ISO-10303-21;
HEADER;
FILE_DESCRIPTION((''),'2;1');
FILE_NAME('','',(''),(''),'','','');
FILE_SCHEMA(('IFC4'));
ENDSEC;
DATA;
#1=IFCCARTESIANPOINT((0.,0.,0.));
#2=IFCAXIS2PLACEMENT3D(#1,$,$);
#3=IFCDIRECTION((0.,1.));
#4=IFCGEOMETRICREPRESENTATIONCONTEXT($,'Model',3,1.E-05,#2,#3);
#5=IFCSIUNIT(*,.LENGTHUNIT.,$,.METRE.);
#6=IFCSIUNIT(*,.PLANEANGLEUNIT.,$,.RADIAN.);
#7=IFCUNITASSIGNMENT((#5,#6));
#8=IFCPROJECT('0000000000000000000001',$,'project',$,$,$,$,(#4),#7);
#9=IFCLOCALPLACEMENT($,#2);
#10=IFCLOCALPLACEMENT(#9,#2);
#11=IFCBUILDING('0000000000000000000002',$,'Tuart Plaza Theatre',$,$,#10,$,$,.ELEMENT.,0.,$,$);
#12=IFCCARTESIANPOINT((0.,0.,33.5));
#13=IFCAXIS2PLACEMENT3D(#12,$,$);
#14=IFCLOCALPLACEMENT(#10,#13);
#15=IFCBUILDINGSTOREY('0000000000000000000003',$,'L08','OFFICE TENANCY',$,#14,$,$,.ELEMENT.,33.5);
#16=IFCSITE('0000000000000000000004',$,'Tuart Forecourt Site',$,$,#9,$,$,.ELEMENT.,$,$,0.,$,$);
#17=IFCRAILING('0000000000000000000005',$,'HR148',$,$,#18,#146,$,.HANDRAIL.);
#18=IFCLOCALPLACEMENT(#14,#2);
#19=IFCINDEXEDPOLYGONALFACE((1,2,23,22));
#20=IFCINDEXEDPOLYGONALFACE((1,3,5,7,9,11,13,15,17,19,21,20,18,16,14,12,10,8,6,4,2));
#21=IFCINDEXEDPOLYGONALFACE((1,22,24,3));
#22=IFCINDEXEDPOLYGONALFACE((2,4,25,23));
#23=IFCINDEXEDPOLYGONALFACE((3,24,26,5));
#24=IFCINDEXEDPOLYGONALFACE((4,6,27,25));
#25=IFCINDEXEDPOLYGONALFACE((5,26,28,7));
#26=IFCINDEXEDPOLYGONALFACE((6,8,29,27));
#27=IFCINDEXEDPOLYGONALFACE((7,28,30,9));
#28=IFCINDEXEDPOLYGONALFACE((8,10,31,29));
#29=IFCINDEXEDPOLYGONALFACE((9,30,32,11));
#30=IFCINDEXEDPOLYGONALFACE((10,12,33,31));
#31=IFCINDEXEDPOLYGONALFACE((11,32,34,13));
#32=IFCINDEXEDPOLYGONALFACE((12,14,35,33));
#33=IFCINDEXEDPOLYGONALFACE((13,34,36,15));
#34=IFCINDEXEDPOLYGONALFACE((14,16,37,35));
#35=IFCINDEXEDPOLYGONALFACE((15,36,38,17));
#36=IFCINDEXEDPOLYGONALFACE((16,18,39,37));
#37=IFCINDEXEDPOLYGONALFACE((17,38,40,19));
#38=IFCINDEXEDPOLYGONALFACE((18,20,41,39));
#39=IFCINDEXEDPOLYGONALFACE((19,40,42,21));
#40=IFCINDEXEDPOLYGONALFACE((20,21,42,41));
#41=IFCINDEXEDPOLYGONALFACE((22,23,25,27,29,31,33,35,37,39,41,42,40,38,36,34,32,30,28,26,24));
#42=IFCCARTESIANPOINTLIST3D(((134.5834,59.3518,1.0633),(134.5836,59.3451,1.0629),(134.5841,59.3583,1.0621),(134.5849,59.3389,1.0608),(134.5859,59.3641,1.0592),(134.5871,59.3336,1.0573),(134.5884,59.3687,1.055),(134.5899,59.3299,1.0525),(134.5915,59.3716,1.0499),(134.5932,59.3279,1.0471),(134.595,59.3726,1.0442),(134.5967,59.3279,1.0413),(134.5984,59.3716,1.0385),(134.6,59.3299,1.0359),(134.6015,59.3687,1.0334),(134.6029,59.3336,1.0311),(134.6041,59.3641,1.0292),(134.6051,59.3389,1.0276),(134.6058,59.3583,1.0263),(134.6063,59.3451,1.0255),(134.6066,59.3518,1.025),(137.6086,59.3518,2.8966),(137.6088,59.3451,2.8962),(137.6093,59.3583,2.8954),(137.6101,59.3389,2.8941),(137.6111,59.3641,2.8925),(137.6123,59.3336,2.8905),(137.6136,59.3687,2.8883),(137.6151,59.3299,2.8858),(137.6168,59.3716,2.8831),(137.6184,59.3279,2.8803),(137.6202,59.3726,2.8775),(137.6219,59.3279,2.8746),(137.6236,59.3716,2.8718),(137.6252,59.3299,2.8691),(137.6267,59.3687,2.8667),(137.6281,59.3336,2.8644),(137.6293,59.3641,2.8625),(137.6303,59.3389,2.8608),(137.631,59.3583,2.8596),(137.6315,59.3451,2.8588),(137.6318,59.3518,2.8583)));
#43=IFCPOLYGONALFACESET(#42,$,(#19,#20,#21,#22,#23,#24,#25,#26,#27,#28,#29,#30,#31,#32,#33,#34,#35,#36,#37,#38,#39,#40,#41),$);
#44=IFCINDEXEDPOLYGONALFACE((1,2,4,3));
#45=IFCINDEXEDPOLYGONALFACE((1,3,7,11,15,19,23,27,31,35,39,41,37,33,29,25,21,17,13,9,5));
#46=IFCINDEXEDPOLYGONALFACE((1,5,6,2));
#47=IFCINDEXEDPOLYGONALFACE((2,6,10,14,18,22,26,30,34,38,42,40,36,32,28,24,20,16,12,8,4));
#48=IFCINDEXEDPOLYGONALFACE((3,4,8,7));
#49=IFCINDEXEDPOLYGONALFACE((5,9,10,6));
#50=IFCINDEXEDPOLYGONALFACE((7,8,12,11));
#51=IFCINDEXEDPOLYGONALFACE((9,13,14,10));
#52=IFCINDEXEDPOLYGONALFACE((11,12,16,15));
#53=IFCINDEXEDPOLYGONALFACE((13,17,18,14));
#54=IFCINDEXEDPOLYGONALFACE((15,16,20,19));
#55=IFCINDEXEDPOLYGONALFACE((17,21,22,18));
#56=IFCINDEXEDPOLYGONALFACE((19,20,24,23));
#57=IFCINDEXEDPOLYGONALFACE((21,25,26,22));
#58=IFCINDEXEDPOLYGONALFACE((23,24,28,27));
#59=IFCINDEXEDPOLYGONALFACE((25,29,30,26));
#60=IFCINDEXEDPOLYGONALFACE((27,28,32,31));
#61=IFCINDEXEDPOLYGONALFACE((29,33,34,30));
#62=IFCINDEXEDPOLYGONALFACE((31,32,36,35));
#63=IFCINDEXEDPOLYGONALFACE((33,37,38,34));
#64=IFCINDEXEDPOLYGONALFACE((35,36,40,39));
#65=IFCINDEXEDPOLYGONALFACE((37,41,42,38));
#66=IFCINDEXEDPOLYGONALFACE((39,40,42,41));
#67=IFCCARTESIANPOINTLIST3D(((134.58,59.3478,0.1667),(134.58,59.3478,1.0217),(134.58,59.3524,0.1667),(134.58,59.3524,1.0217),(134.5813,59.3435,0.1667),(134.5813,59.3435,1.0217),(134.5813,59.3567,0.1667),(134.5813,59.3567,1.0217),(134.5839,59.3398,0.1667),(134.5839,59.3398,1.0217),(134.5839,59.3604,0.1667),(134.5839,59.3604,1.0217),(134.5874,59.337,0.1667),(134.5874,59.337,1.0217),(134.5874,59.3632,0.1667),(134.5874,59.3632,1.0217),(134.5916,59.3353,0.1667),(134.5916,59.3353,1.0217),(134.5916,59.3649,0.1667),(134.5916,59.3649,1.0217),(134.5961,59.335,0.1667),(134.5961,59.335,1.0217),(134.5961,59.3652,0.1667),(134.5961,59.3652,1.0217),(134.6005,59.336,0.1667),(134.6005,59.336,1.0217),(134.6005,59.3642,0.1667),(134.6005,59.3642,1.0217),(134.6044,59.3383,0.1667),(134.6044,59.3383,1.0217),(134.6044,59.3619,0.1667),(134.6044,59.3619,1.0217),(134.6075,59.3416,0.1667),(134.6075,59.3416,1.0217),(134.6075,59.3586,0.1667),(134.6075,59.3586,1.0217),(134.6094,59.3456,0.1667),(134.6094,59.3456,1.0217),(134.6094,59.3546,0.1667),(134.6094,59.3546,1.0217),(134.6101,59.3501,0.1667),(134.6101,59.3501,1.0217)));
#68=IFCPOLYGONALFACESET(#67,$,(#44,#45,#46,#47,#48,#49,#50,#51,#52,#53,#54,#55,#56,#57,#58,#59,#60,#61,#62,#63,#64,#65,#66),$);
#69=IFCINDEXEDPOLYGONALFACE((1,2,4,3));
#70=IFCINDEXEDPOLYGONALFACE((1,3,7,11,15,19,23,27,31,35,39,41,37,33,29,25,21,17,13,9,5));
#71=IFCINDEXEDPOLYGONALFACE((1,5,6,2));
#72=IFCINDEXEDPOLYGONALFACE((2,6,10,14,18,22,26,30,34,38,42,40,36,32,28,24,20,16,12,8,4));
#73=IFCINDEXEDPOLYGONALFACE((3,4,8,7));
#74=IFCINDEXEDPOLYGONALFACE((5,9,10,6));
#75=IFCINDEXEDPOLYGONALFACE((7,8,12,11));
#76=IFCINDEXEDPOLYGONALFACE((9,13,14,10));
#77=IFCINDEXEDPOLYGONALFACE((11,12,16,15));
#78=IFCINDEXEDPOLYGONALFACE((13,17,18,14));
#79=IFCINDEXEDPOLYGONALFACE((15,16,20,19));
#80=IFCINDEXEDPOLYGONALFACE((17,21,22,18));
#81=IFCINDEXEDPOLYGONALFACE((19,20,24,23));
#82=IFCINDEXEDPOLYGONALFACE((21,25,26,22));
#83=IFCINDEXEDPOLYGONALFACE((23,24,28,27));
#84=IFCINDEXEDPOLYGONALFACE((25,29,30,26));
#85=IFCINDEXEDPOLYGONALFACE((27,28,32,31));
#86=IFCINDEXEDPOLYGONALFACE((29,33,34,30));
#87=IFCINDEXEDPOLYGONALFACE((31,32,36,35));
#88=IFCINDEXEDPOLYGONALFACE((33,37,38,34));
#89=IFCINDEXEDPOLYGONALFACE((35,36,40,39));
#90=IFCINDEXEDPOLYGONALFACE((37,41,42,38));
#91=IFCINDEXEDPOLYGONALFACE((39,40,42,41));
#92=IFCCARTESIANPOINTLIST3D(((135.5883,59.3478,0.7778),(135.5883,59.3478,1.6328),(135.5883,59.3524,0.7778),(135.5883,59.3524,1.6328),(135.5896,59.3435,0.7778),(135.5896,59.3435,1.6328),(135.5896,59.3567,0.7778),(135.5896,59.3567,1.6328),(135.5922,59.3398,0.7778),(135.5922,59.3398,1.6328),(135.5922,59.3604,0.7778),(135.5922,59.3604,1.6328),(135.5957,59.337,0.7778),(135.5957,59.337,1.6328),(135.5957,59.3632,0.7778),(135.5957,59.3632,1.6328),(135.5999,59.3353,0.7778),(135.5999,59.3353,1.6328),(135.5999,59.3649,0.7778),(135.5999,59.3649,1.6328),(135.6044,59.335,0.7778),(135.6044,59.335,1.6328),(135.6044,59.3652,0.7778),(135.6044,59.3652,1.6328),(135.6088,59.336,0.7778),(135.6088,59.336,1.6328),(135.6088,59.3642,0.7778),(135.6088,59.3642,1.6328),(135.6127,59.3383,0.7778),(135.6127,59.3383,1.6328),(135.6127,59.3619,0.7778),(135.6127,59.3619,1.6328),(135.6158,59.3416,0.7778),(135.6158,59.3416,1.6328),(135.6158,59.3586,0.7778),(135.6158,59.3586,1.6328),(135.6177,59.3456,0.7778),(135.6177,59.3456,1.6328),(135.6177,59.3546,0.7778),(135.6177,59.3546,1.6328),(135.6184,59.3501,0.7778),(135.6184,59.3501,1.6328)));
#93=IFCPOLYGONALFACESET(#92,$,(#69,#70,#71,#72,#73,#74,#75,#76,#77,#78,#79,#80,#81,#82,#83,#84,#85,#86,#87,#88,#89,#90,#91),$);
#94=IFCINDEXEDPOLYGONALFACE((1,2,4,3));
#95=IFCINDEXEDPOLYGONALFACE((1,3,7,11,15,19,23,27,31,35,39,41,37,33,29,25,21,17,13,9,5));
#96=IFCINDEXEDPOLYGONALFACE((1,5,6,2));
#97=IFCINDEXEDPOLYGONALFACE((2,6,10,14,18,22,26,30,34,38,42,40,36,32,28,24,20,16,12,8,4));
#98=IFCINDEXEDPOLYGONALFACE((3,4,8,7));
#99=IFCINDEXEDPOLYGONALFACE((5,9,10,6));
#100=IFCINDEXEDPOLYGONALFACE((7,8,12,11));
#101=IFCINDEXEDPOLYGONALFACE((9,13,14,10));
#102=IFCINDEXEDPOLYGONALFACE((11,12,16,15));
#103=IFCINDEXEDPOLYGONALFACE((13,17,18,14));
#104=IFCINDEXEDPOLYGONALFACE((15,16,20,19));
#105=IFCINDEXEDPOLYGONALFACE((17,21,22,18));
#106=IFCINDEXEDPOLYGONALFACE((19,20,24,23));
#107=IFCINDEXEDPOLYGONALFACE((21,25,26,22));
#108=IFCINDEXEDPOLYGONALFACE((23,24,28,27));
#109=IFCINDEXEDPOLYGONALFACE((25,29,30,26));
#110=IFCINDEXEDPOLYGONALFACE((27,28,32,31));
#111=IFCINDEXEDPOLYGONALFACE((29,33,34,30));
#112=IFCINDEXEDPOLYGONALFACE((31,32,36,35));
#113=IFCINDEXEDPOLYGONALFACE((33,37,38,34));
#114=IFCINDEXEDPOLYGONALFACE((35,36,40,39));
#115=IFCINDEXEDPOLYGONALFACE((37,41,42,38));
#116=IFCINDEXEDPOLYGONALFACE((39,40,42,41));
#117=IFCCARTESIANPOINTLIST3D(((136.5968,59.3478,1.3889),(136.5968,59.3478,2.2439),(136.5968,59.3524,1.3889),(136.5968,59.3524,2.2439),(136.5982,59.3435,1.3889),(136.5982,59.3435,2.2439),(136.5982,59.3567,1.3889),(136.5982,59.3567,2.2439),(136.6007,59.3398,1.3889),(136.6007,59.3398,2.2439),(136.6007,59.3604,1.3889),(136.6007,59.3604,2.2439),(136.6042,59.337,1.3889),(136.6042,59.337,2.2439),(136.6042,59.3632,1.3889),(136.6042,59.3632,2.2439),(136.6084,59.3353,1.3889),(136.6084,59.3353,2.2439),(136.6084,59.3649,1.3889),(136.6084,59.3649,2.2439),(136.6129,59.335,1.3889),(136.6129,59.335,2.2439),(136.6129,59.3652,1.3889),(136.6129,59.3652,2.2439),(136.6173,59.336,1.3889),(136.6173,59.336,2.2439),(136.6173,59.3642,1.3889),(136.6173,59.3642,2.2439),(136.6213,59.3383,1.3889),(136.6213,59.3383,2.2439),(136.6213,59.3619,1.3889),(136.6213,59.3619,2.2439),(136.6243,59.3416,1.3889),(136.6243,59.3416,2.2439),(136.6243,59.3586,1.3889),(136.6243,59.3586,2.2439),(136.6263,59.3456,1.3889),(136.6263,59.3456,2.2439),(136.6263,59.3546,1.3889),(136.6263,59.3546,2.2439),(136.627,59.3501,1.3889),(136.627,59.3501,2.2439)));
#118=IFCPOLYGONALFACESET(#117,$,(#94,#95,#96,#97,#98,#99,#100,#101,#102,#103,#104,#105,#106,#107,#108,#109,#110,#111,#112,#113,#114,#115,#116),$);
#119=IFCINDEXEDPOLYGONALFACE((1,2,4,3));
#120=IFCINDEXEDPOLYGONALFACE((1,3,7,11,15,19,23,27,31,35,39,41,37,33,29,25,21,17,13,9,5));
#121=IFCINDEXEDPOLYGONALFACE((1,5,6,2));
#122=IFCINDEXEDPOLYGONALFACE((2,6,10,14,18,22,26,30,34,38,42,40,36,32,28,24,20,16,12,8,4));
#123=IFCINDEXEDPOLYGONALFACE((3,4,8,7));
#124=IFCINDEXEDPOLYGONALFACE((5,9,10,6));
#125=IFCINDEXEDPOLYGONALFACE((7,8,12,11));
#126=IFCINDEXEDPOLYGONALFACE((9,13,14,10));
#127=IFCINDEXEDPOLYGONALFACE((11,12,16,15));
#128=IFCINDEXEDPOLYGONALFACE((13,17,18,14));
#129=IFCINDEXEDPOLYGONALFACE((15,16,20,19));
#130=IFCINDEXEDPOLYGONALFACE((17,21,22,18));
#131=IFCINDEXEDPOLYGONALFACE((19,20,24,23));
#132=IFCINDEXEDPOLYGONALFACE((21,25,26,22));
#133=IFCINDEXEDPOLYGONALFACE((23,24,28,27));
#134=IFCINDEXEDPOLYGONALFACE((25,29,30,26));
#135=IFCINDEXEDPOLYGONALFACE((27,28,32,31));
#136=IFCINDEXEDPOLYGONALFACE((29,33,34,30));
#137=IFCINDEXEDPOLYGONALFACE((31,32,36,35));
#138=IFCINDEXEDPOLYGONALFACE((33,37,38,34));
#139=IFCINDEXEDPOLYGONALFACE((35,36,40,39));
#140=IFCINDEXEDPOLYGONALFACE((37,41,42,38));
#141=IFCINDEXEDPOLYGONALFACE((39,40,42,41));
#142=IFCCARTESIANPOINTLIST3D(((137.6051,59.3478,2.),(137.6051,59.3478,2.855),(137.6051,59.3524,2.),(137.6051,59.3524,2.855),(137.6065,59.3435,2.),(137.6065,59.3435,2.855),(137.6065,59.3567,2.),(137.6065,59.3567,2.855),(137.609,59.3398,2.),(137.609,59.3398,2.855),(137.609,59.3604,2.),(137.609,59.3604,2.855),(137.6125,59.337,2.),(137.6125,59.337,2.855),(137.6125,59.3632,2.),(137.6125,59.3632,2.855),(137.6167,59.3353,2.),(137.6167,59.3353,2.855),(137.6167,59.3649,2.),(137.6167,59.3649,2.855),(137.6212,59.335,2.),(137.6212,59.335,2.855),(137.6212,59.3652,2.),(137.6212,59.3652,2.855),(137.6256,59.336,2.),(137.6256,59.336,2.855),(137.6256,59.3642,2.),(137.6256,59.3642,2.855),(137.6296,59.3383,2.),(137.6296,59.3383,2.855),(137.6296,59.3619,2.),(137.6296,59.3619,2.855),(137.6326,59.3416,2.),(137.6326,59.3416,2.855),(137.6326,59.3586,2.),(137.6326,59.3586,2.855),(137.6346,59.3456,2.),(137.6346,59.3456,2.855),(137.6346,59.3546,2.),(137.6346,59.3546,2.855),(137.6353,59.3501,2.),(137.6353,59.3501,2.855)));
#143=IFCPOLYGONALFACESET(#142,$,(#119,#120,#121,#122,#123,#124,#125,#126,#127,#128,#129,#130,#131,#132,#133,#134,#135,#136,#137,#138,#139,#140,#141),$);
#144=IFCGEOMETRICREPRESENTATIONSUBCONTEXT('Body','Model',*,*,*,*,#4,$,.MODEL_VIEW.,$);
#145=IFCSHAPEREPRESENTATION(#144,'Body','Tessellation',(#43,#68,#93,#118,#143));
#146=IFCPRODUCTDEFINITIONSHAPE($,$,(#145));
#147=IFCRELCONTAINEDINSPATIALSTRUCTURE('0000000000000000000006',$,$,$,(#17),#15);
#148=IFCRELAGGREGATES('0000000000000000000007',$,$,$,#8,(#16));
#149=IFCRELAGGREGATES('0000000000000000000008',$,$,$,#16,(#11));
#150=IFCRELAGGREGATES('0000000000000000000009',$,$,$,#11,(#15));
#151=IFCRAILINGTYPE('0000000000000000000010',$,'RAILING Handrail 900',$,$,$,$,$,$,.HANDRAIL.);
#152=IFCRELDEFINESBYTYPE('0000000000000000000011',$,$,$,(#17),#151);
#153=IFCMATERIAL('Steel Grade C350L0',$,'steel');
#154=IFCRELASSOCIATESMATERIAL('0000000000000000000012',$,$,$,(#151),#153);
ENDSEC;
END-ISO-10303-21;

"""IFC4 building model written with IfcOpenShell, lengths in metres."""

from ifc_helpers import new_model, si_unit, direction, frame, origin, origin_2d, place, context, subcontext, project, spatial, circle, extrude, material, type_object, element, save


model = new_model("IFC4")

# Units and contexts
model_context = context("Model", 3, precision=1e-05, world=origin(), true_north=direction((0.0, 1.0)))
body_context = subcontext(model_context, "Body", "Model", "MODEL_VIEW")
ifc_project = project(units=[si_unit("LENGTHUNIT", "METRE"), si_unit("PLANEANGLEUNIT", "RADIAN")], contexts=[model_context])

# Site, building, storey
site_placement = place(None, origin())
site = spatial("IfcSite", under=ifc_project, at=site_placement, Name="Tuart Forecourt Site", CompositionType="ELEMENT", RefElevation=0.0)
building_placement = place(site_placement, origin())
building = spatial("IfcBuilding", under=site, at=building_placement, Name="Tuart Plaza Theatre", CompositionType="ELEMENT", ElevationOfRefHeight=0.0)
storey_placement = place(building_placement, frame((0.0, 0.0, 33.5)))
storey = spatial("IfcBuildingStorey", under=building, at=storey_placement, Name="L08", Description="OFFICE TENANCY", CompositionType="ELEMENT", Elevation=33.5)

# Railing
ifc_material_1 = material(Name="Steel Grade C350L0", Category="steel")
railing_type_1 = type_object("IfcRailingType", Name="RAILING Handrail 900", PredefinedType="HANDRAIL", material=ifc_material_1)
for number, where, name in (
    (1, (134.595, 59.3501, 0.1667), "HR148"),
):
    element("IfcRailing", number, at=place(storey_placement, frame(where)), inside=storey, type_object=railing_type_1, Name=name, PredefinedType="HANDRAIL", context=body_context, shape_type="SweptSolid", body=[
        extrude(circle(Radius=0.0225, at=origin_2d()), frame((0.0, 0.0, 0.8774), z_axis=(0.855219, 0.0, 0.518267), x_axis=(0.0, 1.0, 0.0)), (0.0, 0.0, 1.0), 3.5374),
        extrude(circle(Radius=0.0151, at=origin_2d()), origin(), (0.0, 0.0, 1.0), 0.855),
        extrude(circle(Radius=0.0151, at=origin_2d()), frame((1.0083, 0.0, 0.6111)), (0.0, 0.0, 1.0), 0.855),
        extrude(circle(Radius=0.0151, at=origin_2d()), frame((2.0168, 0.0, 1.2222)), (0.0, 0.0, 1.0), 0.855),
        extrude(circle(Radius=0.0151, at=origin_2d()), frame((3.0251, 0.0, 1.8333)), (0.0, 0.0, 1.0), 0.855),
    ])

save(model, "model.ifc")
